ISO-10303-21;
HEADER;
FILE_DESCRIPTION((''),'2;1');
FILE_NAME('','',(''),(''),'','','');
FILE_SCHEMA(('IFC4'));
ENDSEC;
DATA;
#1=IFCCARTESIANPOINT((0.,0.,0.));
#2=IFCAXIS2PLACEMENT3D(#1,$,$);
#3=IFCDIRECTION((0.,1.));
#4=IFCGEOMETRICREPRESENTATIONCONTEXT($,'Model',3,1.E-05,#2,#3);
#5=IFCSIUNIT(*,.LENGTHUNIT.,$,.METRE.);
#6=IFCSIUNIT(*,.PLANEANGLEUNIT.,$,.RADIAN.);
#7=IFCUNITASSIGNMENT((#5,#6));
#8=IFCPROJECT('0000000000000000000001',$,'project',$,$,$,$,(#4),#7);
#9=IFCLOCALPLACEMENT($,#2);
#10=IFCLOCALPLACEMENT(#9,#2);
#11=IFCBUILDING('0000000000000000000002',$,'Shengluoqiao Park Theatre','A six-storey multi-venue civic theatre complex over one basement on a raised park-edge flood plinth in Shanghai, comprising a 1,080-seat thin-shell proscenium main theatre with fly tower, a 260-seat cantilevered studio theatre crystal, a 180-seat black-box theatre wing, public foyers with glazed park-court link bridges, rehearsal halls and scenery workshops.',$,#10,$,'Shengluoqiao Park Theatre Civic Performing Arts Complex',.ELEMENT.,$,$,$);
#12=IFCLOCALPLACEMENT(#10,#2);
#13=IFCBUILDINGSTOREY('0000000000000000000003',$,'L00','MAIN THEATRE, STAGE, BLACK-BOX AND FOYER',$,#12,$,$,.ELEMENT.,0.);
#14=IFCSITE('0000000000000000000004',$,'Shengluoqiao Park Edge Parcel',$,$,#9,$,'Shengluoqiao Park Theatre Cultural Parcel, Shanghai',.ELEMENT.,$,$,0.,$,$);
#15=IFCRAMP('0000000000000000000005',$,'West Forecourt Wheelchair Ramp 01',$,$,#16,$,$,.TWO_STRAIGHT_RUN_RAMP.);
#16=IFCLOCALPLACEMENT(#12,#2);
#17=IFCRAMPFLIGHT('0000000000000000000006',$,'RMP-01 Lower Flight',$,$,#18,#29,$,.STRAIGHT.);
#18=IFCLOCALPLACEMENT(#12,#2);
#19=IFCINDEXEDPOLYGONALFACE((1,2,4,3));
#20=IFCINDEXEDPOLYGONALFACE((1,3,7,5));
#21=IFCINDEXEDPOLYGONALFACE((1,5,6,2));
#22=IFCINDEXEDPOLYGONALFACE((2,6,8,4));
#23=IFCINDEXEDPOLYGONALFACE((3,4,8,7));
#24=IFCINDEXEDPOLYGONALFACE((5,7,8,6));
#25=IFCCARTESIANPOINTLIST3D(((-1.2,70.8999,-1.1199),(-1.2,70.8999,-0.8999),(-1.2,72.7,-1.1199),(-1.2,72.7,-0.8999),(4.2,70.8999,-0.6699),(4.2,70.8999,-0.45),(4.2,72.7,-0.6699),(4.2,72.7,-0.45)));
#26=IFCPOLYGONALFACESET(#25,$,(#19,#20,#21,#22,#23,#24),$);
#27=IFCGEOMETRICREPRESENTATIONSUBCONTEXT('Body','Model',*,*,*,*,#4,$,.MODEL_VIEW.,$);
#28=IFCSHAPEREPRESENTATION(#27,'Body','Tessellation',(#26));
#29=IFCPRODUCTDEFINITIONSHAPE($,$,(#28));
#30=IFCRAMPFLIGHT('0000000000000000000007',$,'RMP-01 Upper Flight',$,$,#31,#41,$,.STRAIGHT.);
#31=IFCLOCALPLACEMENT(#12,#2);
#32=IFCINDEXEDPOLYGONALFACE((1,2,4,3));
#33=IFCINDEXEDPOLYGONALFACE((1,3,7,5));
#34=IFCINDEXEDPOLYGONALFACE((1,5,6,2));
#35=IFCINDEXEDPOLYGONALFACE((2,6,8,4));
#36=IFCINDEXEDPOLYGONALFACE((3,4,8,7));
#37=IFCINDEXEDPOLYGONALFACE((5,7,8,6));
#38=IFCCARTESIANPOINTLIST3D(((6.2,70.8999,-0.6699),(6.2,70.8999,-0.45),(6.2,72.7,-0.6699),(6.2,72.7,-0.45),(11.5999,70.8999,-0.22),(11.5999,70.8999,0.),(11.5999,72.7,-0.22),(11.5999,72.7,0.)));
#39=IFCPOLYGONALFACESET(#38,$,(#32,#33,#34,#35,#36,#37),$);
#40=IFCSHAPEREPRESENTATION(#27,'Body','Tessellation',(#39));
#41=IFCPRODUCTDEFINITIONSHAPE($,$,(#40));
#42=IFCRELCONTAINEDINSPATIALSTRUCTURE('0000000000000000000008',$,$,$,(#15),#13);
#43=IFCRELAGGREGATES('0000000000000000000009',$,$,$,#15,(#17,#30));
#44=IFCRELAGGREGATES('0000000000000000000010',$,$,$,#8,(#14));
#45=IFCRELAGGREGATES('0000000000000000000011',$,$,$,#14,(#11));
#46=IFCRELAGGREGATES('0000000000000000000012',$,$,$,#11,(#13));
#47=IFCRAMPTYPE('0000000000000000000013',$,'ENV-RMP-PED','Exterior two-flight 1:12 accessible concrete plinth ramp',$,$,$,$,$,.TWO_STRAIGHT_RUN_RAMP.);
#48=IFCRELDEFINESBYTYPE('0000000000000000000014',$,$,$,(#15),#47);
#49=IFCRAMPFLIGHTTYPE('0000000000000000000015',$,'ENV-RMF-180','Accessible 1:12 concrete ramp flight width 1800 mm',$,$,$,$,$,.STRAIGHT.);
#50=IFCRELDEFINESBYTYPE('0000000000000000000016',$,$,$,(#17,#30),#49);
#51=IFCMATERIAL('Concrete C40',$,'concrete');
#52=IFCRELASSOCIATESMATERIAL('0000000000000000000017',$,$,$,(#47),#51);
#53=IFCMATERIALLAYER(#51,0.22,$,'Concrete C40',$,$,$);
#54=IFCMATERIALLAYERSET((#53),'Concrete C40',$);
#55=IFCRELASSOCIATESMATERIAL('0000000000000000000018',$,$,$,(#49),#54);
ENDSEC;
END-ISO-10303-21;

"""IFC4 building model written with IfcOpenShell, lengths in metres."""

from ifc_helpers import new_model, si_unit, direction, frame, origin, place, context, subcontext, project, spatial, polyline, outline, extrude, material, layer, layer_set, type_object, element, aggregate, save


model = new_model("IFC4")

# Units and contexts
model_context = context("Model", 3, precision=1e-05, world=origin(), true_north=direction((0.0, 1.0)))
body_context = subcontext(model_context, "Body", "Model", "MODEL_VIEW")
ifc_project = project(units=[si_unit("LENGTHUNIT", "METRE"), si_unit("PLANEANGLEUNIT", "RADIAN")], contexts=[model_context])

# Site, building, storey
site_placement = place(None, origin())
site = spatial("IfcSite", under=ifc_project, at=site_placement, Name="Shengluoqiao Park Edge Parcel", LongName="Shengluoqiao Park Theatre Cultural Parcel, Shanghai", CompositionType="ELEMENT", RefElevation=0.0)
building_placement = place(site_placement, origin())
building = spatial("IfcBuilding", under=site, at=building_placement, Name="Shengluoqiao Park Theatre", Description="A six-storey multi-venue civic theatre complex over one basement on a raised park-edge flood plinth in Shanghai, comprising a 1,080-seat thin-shell proscenium main theatre with fly tower, a 260-seat cantilevered studio theatre crystal, a 180-seat black-box theatre wing, public foyers with glazed park-court link bridges, rehearsal halls and scenery workshops.", LongName="Shengluoqiao Park Theatre Civic Performing Arts Complex", CompositionType="ELEMENT")
storey_placement = place(building_placement, origin())
storey = spatial("IfcBuildingStorey", under=building, at=storey_placement, Name="L00", Description="MAIN THEATRE, STAGE, BLACK-BOX AND FOYER", CompositionType="ELEMENT", Elevation=0.0)

# Shared definitions
ifc_material_1 = material(Name="Concrete C40", Category="concrete")

# Ramp, ramp flights
ramp_type = type_object("IfcRampType", Name="ENV-RMP-PED", Description="Exterior two-flight 1:12 accessible concrete plinth ramp", PredefinedType="TWO_STRAIGHT_RUN_RAMP", material=ifc_material_1)
ramp_placement = place(storey_placement, origin())
ramp = element("IfcRamp", 1, at=ramp_placement, inside=storey, type_object=ramp_type, Name="West Forecourt Wheelchair Ramp 01", PredefinedType="TWO_STRAIGHT_RUN_RAMP")
ifc_layer_1 = layer(ifc_material_1, 0.22, Name="Concrete C40")
ifc_layer_set_1 = layer_set([ifc_layer_1], Name="Concrete C40")
ramp_flight_type = type_object("IfcRampFlightType", Name="ENV-RMF-180", Description="Accessible 1:12 concrete ramp flight width 1800 mm", PredefinedType="STRAIGHT", material=ifc_layer_set_1)
ramp_flight_1_placement = place(storey_placement, frame((-1.2, 71.8, -0.8999), z_axis=(0.0, 0.0, 1.0), x_axis=(1.0, 0.0, 0.0)))
ramp_flight_1 = element("IfcRampFlight", 2, at=ramp_flight_1_placement, type_object=ramp_flight_type, Name="RMP-01 Lower Flight", PredefinedType="STRAIGHT", context=body_context, shape_type="SweptSolid", body=[
    extrude(outline(polyline([(0.0, 0.0), (5.3999, 0.45), (5.3999, 0.23), (0.0, -0.22), (0.0, 0.0)])), frame((0.0, 0.8999, 0.0), z_axis=(0.0, -1.0, 0.0), x_axis=(1.0, 0.0, 0.0)), (0.0, 0.0, 1.0), 1.8),
])
ramp_flight_2_placement = place(storey_placement, frame((6.2, 71.8, -0.45), z_axis=(0.0, 0.0, 1.0), x_axis=(1.0, 0.0, 0.0)))
ramp_flight_2 = element("IfcRampFlight", 3, at=ramp_flight_2_placement, type_object=ramp_flight_type, Name="RMP-01 Upper Flight", PredefinedType="STRAIGHT", context=body_context, shape_type="SweptSolid", body=[
    extrude(outline(polyline([(0.0, 0.0), (5.3999, 0.45), (5.3999, 0.23), (0.0, -0.22), (0.0, 0.0)])), frame((0.0, 0.8999, 0.0), z_axis=(0.0, -1.0, 0.0), x_axis=(1.0, 0.0, 0.0)), (0.0, 0.0, 1.0), 1.8),
])
aggregate(ramp, [ramp_flight_1, ramp_flight_2])

save(model, "model.ifc")
